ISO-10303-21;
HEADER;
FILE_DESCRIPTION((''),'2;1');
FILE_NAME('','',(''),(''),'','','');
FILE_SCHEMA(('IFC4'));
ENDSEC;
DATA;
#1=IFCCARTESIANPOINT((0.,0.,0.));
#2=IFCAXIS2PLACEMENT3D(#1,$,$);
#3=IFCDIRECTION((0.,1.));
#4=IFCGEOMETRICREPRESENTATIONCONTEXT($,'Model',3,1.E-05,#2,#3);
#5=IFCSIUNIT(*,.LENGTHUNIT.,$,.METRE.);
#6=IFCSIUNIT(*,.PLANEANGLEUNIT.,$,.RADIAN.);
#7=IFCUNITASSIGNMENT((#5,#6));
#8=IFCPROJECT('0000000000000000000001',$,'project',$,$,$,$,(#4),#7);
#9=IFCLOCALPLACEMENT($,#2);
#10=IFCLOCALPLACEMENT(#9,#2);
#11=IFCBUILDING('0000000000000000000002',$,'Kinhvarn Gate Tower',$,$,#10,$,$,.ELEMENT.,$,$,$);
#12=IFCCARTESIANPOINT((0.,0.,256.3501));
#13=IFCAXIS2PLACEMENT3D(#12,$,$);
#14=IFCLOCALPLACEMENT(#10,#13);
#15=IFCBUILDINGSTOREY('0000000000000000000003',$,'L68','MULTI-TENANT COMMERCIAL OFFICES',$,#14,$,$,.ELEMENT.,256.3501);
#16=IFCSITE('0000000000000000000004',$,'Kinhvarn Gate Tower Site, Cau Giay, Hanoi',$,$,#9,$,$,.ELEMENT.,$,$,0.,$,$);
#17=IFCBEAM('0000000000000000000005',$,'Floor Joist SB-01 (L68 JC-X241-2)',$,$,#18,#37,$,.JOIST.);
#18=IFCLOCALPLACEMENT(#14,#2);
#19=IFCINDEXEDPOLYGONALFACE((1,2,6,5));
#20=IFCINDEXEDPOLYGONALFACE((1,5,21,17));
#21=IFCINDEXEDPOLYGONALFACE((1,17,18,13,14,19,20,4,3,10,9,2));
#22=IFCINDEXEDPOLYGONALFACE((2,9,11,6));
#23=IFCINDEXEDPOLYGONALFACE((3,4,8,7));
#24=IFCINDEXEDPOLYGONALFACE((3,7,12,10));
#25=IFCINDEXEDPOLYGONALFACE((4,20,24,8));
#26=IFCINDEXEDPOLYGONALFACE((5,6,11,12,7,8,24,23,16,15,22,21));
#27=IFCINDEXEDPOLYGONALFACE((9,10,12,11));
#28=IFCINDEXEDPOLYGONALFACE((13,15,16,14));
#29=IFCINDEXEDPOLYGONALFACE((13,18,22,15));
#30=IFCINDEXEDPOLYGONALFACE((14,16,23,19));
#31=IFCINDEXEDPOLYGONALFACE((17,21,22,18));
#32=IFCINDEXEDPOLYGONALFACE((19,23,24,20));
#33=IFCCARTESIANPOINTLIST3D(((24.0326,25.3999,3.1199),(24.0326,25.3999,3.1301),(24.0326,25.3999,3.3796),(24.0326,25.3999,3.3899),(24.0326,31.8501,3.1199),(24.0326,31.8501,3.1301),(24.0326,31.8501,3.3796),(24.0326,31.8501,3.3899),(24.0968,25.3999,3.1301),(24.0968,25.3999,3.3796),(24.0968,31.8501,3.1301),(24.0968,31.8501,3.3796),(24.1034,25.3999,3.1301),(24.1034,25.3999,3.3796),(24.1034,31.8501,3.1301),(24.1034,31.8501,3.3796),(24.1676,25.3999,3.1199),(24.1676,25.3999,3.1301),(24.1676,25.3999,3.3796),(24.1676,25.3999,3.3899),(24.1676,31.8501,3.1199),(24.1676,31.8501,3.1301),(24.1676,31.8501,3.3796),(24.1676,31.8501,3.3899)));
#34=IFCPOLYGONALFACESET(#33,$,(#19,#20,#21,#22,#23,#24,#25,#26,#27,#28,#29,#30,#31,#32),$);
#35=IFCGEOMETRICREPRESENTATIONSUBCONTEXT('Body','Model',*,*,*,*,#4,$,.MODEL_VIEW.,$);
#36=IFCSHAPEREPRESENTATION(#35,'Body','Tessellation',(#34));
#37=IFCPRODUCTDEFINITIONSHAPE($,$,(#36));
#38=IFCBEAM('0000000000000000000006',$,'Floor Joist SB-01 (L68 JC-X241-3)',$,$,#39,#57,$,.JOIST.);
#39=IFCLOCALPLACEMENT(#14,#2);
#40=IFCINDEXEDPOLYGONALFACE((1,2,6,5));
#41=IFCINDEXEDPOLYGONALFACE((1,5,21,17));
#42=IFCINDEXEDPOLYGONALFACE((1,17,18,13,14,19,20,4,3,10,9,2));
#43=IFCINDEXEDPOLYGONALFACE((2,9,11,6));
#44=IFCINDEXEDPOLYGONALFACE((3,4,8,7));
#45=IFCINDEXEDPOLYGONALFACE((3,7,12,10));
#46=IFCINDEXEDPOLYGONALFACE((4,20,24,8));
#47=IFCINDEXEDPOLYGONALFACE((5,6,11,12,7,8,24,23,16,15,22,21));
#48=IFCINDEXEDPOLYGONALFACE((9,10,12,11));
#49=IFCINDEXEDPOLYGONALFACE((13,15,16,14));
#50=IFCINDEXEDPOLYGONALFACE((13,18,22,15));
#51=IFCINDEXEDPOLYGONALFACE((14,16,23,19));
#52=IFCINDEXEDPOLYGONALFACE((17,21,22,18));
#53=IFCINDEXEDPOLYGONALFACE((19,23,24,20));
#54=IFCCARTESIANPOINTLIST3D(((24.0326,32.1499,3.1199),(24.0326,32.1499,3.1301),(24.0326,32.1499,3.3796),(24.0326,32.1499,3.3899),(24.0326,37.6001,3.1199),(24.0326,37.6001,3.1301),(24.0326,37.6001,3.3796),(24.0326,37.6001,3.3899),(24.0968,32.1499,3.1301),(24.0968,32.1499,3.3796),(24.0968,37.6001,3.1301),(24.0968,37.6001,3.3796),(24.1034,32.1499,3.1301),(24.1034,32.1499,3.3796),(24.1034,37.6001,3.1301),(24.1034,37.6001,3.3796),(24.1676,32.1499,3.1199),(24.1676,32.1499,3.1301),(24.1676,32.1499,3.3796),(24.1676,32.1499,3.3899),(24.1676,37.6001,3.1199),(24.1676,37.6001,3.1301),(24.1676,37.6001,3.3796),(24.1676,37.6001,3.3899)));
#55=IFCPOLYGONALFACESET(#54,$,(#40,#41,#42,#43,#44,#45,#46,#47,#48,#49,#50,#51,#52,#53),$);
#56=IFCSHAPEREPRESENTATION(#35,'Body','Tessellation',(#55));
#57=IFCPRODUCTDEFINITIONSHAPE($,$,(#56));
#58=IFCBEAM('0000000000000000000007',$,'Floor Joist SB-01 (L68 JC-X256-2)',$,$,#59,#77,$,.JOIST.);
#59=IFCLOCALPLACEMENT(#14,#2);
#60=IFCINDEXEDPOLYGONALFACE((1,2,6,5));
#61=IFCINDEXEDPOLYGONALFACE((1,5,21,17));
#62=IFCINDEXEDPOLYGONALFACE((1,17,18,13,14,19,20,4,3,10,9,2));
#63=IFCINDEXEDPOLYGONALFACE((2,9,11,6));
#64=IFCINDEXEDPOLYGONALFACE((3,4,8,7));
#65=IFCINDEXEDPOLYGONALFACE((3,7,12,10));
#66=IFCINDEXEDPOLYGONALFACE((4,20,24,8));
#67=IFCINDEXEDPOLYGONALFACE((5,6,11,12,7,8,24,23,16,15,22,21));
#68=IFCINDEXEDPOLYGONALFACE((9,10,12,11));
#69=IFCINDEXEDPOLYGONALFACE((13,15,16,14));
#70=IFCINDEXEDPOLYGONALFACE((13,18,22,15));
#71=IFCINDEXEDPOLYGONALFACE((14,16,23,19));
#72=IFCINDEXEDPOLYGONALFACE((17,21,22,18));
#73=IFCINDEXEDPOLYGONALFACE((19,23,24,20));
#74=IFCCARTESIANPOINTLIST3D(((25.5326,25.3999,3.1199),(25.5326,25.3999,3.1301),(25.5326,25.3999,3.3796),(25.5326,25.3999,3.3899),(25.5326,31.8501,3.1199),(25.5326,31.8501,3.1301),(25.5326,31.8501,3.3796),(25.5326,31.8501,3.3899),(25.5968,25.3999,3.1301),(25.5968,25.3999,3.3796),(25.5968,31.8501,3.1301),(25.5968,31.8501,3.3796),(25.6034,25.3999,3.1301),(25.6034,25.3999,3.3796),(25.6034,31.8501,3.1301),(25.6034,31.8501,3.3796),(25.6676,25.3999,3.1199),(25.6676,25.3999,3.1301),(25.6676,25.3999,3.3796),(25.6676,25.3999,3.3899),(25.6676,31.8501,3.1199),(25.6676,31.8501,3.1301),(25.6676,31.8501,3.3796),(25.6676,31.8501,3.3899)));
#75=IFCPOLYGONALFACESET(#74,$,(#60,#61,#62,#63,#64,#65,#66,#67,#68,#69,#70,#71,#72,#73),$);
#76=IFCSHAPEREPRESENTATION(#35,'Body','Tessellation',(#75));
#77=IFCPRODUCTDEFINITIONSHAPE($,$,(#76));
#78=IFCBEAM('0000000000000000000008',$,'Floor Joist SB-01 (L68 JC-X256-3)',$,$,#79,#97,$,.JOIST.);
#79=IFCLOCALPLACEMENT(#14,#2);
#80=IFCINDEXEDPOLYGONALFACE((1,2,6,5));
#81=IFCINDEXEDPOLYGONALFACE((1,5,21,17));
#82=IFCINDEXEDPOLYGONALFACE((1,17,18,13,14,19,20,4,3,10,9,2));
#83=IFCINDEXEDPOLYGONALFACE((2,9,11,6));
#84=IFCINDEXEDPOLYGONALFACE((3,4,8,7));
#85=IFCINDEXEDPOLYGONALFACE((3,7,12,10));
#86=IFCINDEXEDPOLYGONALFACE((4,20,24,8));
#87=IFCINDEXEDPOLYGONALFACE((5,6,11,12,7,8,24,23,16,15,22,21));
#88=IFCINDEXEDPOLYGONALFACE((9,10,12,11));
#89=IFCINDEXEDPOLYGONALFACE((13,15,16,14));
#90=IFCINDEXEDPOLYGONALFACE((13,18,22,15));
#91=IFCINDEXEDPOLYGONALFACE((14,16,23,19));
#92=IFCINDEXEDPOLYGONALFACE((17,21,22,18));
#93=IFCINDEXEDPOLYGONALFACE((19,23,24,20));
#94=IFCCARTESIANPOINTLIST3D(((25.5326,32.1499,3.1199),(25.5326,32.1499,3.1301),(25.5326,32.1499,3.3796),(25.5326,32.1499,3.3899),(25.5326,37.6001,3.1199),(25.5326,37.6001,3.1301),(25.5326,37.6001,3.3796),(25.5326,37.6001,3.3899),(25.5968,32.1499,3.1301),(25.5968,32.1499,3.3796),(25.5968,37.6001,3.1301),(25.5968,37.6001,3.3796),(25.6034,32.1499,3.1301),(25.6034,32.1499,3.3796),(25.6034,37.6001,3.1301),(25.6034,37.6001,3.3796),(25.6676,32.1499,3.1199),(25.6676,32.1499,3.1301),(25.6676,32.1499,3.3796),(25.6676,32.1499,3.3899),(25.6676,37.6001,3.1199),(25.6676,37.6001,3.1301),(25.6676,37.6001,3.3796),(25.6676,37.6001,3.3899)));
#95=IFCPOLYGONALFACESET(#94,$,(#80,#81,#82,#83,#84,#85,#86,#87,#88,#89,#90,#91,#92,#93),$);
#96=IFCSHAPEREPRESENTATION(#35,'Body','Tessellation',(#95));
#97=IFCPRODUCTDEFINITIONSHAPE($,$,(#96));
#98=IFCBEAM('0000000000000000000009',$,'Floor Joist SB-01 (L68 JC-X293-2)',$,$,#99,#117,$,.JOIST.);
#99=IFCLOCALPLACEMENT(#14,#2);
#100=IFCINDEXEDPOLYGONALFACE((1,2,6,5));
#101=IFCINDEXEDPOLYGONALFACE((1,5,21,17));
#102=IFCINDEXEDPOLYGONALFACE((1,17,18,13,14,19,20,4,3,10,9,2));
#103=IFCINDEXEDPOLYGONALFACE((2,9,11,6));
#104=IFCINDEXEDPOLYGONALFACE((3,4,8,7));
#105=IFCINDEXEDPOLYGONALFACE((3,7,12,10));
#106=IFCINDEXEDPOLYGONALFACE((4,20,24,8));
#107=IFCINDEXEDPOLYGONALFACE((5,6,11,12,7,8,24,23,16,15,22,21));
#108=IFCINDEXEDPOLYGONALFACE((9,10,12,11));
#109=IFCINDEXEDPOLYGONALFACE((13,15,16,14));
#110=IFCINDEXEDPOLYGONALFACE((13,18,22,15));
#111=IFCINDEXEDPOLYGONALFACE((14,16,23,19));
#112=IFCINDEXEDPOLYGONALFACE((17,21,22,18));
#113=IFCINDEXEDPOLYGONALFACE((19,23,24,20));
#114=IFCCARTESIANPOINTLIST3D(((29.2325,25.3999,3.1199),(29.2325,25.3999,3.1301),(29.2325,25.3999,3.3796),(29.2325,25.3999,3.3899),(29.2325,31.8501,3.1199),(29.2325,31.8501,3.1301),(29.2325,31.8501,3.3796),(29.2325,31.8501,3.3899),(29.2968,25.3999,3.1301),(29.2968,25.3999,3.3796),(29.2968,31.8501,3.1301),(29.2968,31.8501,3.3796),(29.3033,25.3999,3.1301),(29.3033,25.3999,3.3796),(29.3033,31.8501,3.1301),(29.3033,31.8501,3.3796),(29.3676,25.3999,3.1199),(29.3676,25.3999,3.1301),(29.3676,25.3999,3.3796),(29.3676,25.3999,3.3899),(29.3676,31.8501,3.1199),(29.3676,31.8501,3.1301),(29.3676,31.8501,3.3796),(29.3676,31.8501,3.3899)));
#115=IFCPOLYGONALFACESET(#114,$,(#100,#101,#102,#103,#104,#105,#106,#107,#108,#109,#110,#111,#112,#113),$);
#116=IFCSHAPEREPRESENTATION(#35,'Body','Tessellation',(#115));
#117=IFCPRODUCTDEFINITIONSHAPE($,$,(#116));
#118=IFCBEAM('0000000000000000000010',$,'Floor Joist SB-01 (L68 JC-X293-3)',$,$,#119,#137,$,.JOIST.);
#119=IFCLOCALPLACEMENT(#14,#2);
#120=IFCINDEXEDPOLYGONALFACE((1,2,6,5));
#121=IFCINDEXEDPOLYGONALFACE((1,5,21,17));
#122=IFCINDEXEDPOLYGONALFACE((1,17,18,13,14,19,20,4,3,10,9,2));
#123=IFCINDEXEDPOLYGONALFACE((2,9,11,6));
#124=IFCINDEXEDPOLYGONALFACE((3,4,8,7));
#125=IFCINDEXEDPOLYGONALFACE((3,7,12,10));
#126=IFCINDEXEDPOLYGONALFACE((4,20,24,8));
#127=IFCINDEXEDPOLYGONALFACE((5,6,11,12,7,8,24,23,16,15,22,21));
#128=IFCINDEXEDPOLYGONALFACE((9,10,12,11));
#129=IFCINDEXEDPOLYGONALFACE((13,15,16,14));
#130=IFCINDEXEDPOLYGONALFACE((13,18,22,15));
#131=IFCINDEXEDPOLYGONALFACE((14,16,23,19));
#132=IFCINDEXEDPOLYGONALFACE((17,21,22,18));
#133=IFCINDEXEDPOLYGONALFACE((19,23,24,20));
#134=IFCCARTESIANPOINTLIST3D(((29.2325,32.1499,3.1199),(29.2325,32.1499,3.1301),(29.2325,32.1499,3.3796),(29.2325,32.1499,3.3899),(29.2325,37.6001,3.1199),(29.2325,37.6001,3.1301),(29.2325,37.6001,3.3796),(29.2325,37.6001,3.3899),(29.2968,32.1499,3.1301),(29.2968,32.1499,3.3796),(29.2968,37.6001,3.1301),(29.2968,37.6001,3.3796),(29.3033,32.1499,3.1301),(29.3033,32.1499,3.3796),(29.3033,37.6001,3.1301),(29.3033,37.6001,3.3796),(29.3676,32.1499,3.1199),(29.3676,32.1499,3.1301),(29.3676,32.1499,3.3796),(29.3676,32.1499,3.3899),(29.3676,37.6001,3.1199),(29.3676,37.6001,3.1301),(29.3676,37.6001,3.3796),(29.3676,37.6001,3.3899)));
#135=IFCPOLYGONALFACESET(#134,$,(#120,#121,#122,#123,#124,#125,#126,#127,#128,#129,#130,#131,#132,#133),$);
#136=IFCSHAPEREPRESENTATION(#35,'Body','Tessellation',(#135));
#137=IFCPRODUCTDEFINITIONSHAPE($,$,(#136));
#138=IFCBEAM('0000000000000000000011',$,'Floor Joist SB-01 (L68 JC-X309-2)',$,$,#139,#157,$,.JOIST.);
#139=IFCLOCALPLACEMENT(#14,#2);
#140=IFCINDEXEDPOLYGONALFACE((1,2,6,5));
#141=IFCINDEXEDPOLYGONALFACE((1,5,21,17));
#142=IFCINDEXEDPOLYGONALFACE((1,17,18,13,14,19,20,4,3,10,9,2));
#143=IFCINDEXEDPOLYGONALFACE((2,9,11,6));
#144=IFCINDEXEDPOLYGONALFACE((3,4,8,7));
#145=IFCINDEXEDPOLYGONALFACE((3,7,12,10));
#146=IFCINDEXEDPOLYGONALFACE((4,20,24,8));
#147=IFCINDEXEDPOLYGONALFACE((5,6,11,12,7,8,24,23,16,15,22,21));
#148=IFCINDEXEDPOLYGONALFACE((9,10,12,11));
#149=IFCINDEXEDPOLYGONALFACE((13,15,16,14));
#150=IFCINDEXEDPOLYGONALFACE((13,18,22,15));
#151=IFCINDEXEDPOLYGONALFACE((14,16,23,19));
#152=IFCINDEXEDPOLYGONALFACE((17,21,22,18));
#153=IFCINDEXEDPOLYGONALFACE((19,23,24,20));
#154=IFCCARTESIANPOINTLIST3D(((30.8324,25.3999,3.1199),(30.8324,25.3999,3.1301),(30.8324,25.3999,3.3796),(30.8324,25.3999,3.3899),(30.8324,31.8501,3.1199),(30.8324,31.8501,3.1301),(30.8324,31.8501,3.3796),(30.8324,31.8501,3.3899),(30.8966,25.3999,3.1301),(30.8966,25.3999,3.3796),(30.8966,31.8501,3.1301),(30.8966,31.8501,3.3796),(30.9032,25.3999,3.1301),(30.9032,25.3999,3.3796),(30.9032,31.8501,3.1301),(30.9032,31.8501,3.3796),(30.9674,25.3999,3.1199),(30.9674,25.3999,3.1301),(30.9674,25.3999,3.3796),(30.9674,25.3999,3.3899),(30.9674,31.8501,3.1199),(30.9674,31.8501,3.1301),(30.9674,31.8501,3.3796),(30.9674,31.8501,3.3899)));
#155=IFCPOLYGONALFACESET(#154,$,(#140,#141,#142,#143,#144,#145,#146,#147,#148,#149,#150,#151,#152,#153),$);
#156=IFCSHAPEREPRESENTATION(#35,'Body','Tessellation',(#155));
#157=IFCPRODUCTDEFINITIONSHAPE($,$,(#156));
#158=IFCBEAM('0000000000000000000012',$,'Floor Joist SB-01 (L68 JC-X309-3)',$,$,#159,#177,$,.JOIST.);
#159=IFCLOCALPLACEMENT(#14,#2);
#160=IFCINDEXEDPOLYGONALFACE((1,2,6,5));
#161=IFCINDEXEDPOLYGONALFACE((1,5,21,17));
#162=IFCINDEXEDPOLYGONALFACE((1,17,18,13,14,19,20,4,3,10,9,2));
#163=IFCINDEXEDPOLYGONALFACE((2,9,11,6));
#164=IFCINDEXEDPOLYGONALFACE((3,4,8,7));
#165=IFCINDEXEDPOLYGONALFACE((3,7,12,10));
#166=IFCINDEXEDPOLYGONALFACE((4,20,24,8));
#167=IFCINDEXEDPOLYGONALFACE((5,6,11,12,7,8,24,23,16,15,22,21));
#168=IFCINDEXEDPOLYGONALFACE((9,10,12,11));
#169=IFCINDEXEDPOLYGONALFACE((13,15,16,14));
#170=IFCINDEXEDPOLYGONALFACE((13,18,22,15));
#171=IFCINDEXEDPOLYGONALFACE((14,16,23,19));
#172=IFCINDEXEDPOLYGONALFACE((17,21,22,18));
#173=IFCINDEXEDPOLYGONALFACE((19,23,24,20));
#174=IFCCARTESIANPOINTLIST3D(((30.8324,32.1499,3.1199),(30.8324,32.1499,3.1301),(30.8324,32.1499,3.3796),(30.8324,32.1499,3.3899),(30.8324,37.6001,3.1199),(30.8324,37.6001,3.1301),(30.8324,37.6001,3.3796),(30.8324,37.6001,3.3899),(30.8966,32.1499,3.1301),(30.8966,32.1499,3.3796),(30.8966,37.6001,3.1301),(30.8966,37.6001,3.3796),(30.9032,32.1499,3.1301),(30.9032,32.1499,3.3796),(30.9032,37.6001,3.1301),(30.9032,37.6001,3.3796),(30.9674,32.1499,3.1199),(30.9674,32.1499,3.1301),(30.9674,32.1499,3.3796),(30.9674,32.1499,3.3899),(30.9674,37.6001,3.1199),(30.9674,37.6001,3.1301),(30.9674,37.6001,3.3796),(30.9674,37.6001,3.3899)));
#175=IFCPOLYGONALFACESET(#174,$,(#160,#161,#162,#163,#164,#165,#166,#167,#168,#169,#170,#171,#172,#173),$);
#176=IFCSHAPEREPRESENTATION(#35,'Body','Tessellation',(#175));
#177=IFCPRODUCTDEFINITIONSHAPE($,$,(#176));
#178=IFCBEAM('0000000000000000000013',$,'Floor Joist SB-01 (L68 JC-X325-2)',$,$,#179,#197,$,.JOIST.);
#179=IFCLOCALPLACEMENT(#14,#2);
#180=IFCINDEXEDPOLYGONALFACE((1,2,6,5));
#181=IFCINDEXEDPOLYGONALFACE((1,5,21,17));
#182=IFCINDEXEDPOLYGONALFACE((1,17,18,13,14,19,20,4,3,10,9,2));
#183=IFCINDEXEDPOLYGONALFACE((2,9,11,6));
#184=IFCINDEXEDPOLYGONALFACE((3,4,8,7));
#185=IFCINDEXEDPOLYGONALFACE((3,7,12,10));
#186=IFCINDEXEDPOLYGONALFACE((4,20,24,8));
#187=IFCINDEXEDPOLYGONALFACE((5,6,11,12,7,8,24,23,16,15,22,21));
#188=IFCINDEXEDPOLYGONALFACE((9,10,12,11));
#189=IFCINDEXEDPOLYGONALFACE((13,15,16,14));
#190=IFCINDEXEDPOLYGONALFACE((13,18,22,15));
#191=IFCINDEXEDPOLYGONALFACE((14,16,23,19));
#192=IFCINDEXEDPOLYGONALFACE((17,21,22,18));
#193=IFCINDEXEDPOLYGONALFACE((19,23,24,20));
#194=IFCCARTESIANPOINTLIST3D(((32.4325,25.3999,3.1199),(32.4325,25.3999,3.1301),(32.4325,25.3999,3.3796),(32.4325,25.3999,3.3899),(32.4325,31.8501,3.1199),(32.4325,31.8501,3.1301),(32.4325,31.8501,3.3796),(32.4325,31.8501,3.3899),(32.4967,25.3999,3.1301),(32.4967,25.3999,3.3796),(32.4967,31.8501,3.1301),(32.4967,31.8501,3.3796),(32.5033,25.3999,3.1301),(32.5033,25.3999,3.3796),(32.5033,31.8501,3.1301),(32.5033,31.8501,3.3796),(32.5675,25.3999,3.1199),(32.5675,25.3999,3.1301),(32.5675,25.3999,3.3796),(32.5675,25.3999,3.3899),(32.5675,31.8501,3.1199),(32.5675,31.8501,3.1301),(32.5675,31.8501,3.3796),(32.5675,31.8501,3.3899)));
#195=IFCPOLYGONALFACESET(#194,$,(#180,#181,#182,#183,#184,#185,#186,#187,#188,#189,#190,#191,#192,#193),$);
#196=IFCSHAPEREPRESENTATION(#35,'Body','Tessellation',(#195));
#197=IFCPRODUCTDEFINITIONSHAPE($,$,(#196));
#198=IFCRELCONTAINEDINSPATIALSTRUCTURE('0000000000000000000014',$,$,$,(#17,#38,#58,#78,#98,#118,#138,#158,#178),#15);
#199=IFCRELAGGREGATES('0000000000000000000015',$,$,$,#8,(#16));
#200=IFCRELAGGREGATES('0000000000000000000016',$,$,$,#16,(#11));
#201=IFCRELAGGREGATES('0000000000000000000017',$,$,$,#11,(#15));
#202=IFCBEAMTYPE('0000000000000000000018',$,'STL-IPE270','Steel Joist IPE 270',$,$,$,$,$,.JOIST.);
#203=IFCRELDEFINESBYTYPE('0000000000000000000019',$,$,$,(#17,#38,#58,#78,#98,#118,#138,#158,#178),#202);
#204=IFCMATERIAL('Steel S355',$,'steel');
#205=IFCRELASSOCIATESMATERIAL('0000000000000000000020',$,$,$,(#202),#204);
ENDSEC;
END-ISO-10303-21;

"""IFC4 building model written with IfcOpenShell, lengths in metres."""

from ifc_helpers import new_model, si_unit, direction, frame, origin, origin_2d, place, context, subcontext, project, spatial, i_section, extrude, material, material_profile, profile_set, type_object, element, save


model = new_model("IFC4")

# Units and contexts
model_context = context("Model", 3, precision=1e-05, world=origin(), true_north=direction((0.0, 1.0)))
body_context = subcontext(model_context, "Body", "Model", "MODEL_VIEW")
ifc_project = project(units=[si_unit("LENGTHUNIT", "METRE"), si_unit("PLANEANGLEUNIT", "RADIAN")], contexts=[model_context])

# Site, building, storey
site_placement = place(None, origin())
site = spatial("IfcSite", under=ifc_project, at=site_placement, Name="Kinhvarn Gate Tower Site, Cau Giay, Hanoi", CompositionType="ELEMENT", RefElevation=0.0)
building_placement = place(site_placement, origin())
building = spatial("IfcBuilding", under=site, at=building_placement, Name="Kinhvarn Gate Tower", CompositionType="ELEMENT")
storey_placement = place(building_placement, frame((0.0, 0.0, 256.3501)))
storey = spatial("IfcBuildingStorey", under=building, at=storey_placement, Name="L68", Description="MULTI-TENANT COMMERCIAL OFFICES", CompositionType="ELEMENT", Elevation=256.3501)

# Beams
ifc_material_1 = material(Name="Steel S355", Category="steel")
ifc_material_profile = material_profile(ifc_material_1, i_section(OverallWidth=0.135, OverallDepth=0.27, WebThickness=0.0066, FlangeThickness=0.0103, at=origin_2d()), Name="IPE 270")
ifc_profile_set = profile_set([ifc_material_profile], Name="Steel S355")
beam_type = type_object("IfcBeamType", Name="STL-IPE270", Description="Steel Joist IPE 270", PredefinedType="JOIST", material=ifc_profile_set)
beam_1_placement = place(storey_placement, frame((24.1001, 25.3999, 3.2549), z_axis=(0.0, 1.0, 0.0), x_axis=(-1.0, 0.0, 0.0)))
element("IfcBeam", 1, at=beam_1_placement, inside=storey, type_object=beam_type, Name="Floor Joist SB-01 (L68 JC-X241-2)", PredefinedType="JOIST", context=body_context, shape_type="SweptSolid", body=[
    extrude(i_section(OverallWidth=0.135, OverallDepth=0.27, WebThickness=0.0066, FlangeThickness=0.0103, at=origin_2d()), origin(), (0.0, 0.0, 1.0), 6.4502),
])
beam_2_placement = place(storey_placement, frame((24.1001, 32.1499, 3.2549), z_axis=(0.0, 1.0, 0.0), x_axis=(-1.0, 0.0, 0.0)))
element("IfcBeam", 2, at=beam_2_placement, inside=storey, type_object=beam_type, Name="Floor Joist SB-01 (L68 JC-X241-3)", PredefinedType="JOIST", context=body_context, shape_type="SweptSolid", body=[
    extrude(i_section(OverallWidth=0.135, OverallDepth=0.27, WebThickness=0.0066, FlangeThickness=0.0103, at=origin_2d()), origin(), (0.0, 0.0, 1.0), 5.4502),
])
beam_3_placement = place(storey_placement, frame((25.6001, 25.3999, 3.2549), z_axis=(0.0, 1.0, 0.0), x_axis=(-1.0, 0.0, 0.0)))
element("IfcBeam", 3, at=beam_3_placement, inside=storey, type_object=beam_type, Name="Floor Joist SB-01 (L68 JC-X256-2)", PredefinedType="JOIST", context=body_context, shape_type="SweptSolid", body=[
    extrude(i_section(OverallWidth=0.135, OverallDepth=0.27, WebThickness=0.0066, FlangeThickness=0.0103, at=origin_2d()), origin(), (0.0, 0.0, 1.0), 6.4502),
])
beam_4_placement = place(storey_placement, frame((25.6001, 32.1499, 3.2549), z_axis=(0.0, 1.0, 0.0), x_axis=(-1.0, 0.0, 0.0)))
element("IfcBeam", 4, at=beam_4_placement, inside=storey, type_object=beam_type, Name="Floor Joist SB-01 (L68 JC-X256-3)", PredefinedType="JOIST", context=body_context, shape_type="SweptSolid", body=[
    extrude(i_section(OverallWidth=0.135, OverallDepth=0.27, WebThickness=0.0066, FlangeThickness=0.0103, at=origin_2d()), origin(), (0.0, 0.0, 1.0), 5.4502),
])
beam_5_placement = place(storey_placement, frame((29.3, 25.3999, 3.2549), z_axis=(0.0, 1.0, 0.0), x_axis=(-1.0, 0.0, 0.0)))
element("IfcBeam", 5, at=beam_5_placement, inside=storey, type_object=beam_type, Name="Floor Joist SB-01 (L68 JC-X293-2)", PredefinedType="JOIST", context=body_context, shape_type="SweptSolid", body=[
    extrude(i_section(OverallWidth=0.135, OverallDepth=0.27, WebThickness=0.0066, FlangeThickness=0.0103, at=origin_2d()), origin(), (0.0, 0.0, 1.0), 6.4502),
])
beam_6_placement = place(storey_placement, frame((29.3, 32.1499, 3.2549), z_axis=(0.0, 1.0, 0.0), x_axis=(-1.0, 0.0, 0.0)))
element("IfcBeam", 6, at=beam_6_placement, inside=storey, type_object=beam_type, Name="Floor Joist SB-01 (L68 JC-X293-3)", PredefinedType="JOIST", context=body_context, shape_type="SweptSolid", body=[
    extrude(i_section(OverallWidth=0.135, OverallDepth=0.27, WebThickness=0.0066, FlangeThickness=0.0103, at=origin_2d()), origin(), (0.0, 0.0, 1.0), 5.4502),
])
beam_7_placement = place(storey_placement, frame((30.8999, 25.3999, 3.2549), z_axis=(0.0, 1.0, 0.0), x_axis=(-1.0, 0.0, 0.0)))
element("IfcBeam", 7, at=beam_7_placement, inside=storey, type_object=beam_type, Name="Floor Joist SB-01 (L68 JC-X309-2)", PredefinedType="JOIST", context=body_context, shape_type="SweptSolid", body=[
    extrude(i_section(OverallWidth=0.135, OverallDepth=0.27, WebThickness=0.0066, FlangeThickness=0.0103, at=origin_2d()), origin(), (0.0, 0.0, 1.0), 6.4502),
])
beam_8_placement = place(storey_placement, frame((30.8999, 32.1499, 3.2549), z_axis=(0.0, 1.0, 0.0), x_axis=(-1.0, 0.0, 0.0)))
element("IfcBeam", 8, at=beam_8_placement, inside=storey, type_object=beam_type, Name="Floor Joist SB-01 (L68 JC-X309-3)", PredefinedType="JOIST", context=body_context, shape_type="SweptSolid", body=[
    extrude(i_section(OverallWidth=0.135, OverallDepth=0.27, WebThickness=0.0066, FlangeThickness=0.0103, at=origin_2d()), origin(), (0.0, 0.0, 1.0), 5.4502),
])
beam_9_placement = place(storey_placement, frame((32.5, 25.3999, 3.2549), z_axis=(0.0, 1.0, 0.0), x_axis=(-1.0, 0.0, 0.0)))
element("IfcBeam", 9, at=beam_9_placement, inside=storey, type_object=beam_type, Name="Floor Joist SB-01 (L68 JC-X325-2)", PredefinedType="JOIST", context=body_context, shape_type="SweptSolid", body=[
    extrude(i_section(OverallWidth=0.135, OverallDepth=0.27, WebThickness=0.0066, FlangeThickness=0.0103, at=origin_2d()), origin(), (0.0, 0.0, 1.0), 6.4502),
])

save(model, "model.ifc")
